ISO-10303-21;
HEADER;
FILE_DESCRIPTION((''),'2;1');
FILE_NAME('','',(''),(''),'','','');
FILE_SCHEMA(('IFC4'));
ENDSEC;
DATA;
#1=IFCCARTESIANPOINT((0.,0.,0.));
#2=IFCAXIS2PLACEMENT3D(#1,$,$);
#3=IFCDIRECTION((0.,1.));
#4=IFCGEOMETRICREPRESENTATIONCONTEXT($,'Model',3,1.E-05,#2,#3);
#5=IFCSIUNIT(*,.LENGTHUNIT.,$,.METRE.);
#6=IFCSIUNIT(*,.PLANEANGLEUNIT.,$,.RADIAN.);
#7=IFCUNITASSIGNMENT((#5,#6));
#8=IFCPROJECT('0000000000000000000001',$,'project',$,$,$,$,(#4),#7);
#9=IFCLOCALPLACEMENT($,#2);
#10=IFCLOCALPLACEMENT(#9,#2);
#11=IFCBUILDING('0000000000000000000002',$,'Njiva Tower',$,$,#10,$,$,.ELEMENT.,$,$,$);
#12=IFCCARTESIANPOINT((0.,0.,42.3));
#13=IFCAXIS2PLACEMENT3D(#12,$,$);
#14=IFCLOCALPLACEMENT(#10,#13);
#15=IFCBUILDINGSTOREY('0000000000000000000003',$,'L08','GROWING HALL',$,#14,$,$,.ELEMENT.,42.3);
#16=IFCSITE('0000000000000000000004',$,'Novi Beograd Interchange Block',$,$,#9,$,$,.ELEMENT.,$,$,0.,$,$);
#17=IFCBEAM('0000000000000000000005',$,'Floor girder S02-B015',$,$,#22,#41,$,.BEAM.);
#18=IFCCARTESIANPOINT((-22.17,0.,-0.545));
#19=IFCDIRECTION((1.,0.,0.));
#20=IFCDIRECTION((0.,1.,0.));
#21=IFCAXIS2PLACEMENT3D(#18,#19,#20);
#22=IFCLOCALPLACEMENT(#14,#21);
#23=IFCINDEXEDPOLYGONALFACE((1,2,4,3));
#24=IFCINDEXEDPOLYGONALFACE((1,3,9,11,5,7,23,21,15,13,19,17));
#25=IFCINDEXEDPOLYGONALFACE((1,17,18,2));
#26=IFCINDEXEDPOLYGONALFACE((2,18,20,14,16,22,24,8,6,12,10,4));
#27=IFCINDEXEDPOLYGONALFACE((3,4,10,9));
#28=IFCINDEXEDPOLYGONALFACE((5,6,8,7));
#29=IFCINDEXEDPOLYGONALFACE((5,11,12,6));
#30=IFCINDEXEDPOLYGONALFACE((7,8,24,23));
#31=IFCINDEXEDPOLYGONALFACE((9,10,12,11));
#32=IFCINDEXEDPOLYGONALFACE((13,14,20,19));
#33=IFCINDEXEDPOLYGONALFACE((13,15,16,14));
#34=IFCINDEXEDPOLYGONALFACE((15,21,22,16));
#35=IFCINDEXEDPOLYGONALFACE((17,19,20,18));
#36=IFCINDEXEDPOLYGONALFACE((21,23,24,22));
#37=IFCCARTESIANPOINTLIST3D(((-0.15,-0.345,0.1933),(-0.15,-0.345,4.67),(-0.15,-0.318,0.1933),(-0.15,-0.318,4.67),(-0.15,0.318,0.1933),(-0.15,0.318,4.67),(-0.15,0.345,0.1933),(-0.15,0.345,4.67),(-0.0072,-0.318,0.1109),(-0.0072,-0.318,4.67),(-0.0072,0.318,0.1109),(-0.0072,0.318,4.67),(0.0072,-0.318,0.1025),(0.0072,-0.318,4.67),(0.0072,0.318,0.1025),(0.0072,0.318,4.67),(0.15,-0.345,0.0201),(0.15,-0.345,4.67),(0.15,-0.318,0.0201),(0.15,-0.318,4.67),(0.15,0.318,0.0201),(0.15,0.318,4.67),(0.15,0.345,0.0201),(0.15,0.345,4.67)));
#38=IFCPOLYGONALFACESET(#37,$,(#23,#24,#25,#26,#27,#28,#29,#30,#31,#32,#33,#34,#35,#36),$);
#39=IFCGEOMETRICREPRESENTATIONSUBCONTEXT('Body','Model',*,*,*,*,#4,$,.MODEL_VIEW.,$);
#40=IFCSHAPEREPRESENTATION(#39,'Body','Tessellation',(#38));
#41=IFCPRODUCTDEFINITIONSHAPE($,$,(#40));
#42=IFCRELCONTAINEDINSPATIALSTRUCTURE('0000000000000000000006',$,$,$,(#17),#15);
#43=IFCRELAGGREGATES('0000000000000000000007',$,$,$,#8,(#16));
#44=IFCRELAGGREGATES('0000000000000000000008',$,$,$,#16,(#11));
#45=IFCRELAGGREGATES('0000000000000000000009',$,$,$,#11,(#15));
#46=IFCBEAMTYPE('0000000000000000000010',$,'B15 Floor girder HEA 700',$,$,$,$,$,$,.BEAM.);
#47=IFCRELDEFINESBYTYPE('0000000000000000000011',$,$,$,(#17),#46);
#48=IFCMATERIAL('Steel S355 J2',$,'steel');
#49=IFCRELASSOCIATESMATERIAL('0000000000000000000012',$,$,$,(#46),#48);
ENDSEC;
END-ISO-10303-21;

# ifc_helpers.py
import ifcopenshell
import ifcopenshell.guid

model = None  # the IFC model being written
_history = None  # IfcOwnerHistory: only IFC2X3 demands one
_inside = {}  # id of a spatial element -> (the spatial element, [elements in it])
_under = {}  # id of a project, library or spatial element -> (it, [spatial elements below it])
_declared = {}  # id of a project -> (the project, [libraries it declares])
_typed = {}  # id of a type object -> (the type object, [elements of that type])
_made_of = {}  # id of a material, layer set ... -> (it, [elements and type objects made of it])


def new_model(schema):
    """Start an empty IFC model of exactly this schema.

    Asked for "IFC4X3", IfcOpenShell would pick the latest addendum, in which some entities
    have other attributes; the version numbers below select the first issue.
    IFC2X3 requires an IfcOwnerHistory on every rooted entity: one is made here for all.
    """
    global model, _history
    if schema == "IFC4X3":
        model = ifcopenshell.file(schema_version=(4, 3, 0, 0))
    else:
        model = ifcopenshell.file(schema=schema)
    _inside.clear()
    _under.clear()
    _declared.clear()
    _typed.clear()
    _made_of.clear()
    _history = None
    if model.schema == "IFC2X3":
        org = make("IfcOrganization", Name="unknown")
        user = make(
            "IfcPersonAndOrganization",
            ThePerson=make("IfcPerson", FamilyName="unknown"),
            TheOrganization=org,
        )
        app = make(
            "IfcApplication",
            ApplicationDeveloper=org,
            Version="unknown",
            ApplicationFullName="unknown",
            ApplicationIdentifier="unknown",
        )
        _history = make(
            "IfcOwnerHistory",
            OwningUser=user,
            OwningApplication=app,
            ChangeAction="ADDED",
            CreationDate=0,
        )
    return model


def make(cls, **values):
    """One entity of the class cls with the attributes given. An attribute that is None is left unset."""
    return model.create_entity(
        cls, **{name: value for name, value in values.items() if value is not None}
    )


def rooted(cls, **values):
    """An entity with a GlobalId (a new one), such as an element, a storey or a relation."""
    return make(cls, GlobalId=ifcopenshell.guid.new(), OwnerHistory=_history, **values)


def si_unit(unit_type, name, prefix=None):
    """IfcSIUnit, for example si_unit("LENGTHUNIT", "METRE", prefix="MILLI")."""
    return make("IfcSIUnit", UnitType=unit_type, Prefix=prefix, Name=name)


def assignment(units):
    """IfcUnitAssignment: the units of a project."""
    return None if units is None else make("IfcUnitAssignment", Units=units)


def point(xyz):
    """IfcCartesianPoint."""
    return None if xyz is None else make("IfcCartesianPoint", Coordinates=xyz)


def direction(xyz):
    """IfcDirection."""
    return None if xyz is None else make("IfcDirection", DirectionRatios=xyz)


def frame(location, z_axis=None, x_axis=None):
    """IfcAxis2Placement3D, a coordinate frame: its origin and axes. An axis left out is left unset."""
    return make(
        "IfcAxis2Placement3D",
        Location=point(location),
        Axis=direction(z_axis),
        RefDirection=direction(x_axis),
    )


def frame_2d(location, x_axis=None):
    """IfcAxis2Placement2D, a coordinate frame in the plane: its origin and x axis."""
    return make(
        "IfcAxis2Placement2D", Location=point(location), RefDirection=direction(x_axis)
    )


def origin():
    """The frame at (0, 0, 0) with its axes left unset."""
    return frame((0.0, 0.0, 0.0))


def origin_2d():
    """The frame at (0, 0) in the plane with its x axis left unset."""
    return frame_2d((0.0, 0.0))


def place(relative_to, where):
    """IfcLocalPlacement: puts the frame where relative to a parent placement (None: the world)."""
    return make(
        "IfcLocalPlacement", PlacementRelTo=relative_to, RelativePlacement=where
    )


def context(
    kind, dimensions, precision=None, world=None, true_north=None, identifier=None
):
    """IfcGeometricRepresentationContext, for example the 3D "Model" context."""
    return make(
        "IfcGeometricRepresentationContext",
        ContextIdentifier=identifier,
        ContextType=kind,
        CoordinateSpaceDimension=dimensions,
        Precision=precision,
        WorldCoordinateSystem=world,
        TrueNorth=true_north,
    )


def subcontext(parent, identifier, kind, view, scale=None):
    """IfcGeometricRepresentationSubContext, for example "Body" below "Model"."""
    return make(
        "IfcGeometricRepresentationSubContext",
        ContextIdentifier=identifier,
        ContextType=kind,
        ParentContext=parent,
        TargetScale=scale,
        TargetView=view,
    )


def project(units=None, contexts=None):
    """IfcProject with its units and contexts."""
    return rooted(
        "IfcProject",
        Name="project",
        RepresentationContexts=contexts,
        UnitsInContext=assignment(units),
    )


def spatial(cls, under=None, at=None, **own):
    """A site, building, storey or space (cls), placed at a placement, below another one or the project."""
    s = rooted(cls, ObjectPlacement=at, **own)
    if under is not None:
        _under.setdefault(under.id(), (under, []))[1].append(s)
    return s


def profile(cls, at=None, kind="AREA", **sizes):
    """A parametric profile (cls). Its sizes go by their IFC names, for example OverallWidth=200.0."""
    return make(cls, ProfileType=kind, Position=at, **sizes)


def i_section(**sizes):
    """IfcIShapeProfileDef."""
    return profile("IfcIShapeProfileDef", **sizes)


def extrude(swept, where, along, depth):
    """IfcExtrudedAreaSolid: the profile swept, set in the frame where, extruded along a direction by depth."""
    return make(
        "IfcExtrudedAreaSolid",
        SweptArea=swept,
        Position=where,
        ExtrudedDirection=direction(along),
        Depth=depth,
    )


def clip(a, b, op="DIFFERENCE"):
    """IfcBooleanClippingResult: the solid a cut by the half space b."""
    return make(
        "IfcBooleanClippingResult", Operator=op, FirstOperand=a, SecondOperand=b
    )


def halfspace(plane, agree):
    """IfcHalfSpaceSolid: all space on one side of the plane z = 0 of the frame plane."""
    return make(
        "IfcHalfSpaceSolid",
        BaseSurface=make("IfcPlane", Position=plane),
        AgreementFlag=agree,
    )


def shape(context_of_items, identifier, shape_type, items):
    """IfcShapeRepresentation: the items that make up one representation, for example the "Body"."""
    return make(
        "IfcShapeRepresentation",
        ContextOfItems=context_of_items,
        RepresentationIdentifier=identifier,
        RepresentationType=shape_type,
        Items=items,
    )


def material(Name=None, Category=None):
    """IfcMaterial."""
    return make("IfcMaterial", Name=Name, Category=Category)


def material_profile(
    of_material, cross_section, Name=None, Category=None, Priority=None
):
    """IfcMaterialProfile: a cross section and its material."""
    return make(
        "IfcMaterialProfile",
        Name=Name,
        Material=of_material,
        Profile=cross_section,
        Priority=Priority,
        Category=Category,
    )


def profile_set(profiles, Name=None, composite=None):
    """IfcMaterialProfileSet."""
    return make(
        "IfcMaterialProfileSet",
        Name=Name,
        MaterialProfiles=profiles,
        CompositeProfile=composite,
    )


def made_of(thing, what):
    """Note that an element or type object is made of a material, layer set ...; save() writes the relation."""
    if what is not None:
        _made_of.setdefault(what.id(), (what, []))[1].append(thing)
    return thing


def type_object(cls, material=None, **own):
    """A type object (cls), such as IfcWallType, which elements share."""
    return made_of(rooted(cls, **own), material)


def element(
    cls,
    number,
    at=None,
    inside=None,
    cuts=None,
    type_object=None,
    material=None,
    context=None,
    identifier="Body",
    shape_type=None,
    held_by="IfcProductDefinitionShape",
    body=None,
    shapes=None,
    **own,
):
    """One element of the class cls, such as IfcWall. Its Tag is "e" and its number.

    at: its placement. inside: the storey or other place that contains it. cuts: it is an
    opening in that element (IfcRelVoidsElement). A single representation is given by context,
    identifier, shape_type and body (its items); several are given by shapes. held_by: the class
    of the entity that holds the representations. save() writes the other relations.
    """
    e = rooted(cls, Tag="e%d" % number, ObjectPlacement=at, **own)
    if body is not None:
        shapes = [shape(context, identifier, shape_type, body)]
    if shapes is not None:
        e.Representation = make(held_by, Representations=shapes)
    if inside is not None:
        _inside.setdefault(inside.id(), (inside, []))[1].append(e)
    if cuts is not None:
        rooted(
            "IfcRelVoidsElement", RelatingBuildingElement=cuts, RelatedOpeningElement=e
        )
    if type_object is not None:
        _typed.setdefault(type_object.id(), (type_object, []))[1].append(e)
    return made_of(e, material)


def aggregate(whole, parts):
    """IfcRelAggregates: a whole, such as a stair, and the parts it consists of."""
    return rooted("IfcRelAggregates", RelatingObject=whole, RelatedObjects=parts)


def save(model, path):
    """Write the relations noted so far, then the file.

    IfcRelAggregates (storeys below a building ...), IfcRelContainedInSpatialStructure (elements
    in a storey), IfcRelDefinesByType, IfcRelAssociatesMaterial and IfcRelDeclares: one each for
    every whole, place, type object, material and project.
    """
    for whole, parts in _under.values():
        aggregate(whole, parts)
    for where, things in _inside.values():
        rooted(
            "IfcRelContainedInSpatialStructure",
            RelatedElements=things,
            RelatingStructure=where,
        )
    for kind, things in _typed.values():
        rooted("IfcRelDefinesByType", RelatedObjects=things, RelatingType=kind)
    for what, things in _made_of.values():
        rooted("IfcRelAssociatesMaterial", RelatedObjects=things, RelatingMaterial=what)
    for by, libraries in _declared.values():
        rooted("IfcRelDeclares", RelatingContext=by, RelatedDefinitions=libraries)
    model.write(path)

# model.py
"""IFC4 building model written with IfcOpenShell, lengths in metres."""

from ifc_helpers import new_model, si_unit, direction, frame, origin, origin_2d, place, context, subcontext, project, spatial, i_section, extrude, clip, halfspace, material, material_profile, profile_set, type_object, element, save


model = new_model("IFC4")

# Units and contexts
model_context = context("Model", 3, precision=1e-05, world=origin(), true_north=direction((0.0, 1.0)))
body_context = subcontext(model_context, "Body", "Model", "MODEL_VIEW")
ifc_project = project(units=[si_unit("LENGTHUNIT", "METRE"), si_unit("PLANEANGLEUNIT", "RADIAN")], contexts=[model_context])

# Site, building, storey
site_placement = place(None, origin())
site = spatial("IfcSite", under=ifc_project, at=site_placement, Name="Novi Beograd Interchange Block", CompositionType="ELEMENT", RefElevation=0.0)
building_placement = place(site_placement, origin())
building = spatial("IfcBuilding", under=site, at=building_placement, Name="Njiva Tower", CompositionType="ELEMENT")
storey_placement = place(building_placement, frame((0.0, 0.0, 42.3)))
storey = spatial("IfcBuildingStorey", under=building, at=storey_placement, Name="L08", Description="GROWING HALL", CompositionType="ELEMENT", Elevation=42.3)

# Shared definitions
ifc_material_1 = material(Name="Steel S355 J2", Category="steel")

# Beam
ifc_material_profile_1 = material_profile(ifc_material_1, i_section(OverallWidth=0.3, OverallDepth=0.69, WebThickness=0.0145, FlangeThickness=0.027, at=origin_2d()), Name="HEA 700")
ifc_profile_set_1 = profile_set([ifc_material_profile_1], Name="Steel S355 J2")
beam_type_1 = type_object("IfcBeamType", Name="B15 Floor girder HEA 700", PredefinedType="BEAM", material=ifc_profile_set_1)
beam_1_placement = place(storey_placement, frame((-22.17, 0.0, -0.545), z_axis=(1.0, 0.0, 0.0), x_axis=(0.0, 1.0, 0.0)))
element("IfcBeam", 1, at=beam_1_placement, inside=storey, type_object=beam_type_1, Name="Floor girder S02-B015", PredefinedType="BEAM", context=body_context, shape_type="Clipping", body=[
    clip(extrude(i_section(OverallWidth=0.3, OverallDepth=0.69, WebThickness=0.0145, FlangeThickness=0.027, at=origin_2d()), origin(), (0.0, 0.0, 1.0), 4.67), halfspace(frame((-0.025, 0.0, 0.1211), z_axis=(-0.499998, 0.0, -0.866027), x_axis=(0.0, -1.0, 0.0)), False)),
])

save(model, "model.ifc")
